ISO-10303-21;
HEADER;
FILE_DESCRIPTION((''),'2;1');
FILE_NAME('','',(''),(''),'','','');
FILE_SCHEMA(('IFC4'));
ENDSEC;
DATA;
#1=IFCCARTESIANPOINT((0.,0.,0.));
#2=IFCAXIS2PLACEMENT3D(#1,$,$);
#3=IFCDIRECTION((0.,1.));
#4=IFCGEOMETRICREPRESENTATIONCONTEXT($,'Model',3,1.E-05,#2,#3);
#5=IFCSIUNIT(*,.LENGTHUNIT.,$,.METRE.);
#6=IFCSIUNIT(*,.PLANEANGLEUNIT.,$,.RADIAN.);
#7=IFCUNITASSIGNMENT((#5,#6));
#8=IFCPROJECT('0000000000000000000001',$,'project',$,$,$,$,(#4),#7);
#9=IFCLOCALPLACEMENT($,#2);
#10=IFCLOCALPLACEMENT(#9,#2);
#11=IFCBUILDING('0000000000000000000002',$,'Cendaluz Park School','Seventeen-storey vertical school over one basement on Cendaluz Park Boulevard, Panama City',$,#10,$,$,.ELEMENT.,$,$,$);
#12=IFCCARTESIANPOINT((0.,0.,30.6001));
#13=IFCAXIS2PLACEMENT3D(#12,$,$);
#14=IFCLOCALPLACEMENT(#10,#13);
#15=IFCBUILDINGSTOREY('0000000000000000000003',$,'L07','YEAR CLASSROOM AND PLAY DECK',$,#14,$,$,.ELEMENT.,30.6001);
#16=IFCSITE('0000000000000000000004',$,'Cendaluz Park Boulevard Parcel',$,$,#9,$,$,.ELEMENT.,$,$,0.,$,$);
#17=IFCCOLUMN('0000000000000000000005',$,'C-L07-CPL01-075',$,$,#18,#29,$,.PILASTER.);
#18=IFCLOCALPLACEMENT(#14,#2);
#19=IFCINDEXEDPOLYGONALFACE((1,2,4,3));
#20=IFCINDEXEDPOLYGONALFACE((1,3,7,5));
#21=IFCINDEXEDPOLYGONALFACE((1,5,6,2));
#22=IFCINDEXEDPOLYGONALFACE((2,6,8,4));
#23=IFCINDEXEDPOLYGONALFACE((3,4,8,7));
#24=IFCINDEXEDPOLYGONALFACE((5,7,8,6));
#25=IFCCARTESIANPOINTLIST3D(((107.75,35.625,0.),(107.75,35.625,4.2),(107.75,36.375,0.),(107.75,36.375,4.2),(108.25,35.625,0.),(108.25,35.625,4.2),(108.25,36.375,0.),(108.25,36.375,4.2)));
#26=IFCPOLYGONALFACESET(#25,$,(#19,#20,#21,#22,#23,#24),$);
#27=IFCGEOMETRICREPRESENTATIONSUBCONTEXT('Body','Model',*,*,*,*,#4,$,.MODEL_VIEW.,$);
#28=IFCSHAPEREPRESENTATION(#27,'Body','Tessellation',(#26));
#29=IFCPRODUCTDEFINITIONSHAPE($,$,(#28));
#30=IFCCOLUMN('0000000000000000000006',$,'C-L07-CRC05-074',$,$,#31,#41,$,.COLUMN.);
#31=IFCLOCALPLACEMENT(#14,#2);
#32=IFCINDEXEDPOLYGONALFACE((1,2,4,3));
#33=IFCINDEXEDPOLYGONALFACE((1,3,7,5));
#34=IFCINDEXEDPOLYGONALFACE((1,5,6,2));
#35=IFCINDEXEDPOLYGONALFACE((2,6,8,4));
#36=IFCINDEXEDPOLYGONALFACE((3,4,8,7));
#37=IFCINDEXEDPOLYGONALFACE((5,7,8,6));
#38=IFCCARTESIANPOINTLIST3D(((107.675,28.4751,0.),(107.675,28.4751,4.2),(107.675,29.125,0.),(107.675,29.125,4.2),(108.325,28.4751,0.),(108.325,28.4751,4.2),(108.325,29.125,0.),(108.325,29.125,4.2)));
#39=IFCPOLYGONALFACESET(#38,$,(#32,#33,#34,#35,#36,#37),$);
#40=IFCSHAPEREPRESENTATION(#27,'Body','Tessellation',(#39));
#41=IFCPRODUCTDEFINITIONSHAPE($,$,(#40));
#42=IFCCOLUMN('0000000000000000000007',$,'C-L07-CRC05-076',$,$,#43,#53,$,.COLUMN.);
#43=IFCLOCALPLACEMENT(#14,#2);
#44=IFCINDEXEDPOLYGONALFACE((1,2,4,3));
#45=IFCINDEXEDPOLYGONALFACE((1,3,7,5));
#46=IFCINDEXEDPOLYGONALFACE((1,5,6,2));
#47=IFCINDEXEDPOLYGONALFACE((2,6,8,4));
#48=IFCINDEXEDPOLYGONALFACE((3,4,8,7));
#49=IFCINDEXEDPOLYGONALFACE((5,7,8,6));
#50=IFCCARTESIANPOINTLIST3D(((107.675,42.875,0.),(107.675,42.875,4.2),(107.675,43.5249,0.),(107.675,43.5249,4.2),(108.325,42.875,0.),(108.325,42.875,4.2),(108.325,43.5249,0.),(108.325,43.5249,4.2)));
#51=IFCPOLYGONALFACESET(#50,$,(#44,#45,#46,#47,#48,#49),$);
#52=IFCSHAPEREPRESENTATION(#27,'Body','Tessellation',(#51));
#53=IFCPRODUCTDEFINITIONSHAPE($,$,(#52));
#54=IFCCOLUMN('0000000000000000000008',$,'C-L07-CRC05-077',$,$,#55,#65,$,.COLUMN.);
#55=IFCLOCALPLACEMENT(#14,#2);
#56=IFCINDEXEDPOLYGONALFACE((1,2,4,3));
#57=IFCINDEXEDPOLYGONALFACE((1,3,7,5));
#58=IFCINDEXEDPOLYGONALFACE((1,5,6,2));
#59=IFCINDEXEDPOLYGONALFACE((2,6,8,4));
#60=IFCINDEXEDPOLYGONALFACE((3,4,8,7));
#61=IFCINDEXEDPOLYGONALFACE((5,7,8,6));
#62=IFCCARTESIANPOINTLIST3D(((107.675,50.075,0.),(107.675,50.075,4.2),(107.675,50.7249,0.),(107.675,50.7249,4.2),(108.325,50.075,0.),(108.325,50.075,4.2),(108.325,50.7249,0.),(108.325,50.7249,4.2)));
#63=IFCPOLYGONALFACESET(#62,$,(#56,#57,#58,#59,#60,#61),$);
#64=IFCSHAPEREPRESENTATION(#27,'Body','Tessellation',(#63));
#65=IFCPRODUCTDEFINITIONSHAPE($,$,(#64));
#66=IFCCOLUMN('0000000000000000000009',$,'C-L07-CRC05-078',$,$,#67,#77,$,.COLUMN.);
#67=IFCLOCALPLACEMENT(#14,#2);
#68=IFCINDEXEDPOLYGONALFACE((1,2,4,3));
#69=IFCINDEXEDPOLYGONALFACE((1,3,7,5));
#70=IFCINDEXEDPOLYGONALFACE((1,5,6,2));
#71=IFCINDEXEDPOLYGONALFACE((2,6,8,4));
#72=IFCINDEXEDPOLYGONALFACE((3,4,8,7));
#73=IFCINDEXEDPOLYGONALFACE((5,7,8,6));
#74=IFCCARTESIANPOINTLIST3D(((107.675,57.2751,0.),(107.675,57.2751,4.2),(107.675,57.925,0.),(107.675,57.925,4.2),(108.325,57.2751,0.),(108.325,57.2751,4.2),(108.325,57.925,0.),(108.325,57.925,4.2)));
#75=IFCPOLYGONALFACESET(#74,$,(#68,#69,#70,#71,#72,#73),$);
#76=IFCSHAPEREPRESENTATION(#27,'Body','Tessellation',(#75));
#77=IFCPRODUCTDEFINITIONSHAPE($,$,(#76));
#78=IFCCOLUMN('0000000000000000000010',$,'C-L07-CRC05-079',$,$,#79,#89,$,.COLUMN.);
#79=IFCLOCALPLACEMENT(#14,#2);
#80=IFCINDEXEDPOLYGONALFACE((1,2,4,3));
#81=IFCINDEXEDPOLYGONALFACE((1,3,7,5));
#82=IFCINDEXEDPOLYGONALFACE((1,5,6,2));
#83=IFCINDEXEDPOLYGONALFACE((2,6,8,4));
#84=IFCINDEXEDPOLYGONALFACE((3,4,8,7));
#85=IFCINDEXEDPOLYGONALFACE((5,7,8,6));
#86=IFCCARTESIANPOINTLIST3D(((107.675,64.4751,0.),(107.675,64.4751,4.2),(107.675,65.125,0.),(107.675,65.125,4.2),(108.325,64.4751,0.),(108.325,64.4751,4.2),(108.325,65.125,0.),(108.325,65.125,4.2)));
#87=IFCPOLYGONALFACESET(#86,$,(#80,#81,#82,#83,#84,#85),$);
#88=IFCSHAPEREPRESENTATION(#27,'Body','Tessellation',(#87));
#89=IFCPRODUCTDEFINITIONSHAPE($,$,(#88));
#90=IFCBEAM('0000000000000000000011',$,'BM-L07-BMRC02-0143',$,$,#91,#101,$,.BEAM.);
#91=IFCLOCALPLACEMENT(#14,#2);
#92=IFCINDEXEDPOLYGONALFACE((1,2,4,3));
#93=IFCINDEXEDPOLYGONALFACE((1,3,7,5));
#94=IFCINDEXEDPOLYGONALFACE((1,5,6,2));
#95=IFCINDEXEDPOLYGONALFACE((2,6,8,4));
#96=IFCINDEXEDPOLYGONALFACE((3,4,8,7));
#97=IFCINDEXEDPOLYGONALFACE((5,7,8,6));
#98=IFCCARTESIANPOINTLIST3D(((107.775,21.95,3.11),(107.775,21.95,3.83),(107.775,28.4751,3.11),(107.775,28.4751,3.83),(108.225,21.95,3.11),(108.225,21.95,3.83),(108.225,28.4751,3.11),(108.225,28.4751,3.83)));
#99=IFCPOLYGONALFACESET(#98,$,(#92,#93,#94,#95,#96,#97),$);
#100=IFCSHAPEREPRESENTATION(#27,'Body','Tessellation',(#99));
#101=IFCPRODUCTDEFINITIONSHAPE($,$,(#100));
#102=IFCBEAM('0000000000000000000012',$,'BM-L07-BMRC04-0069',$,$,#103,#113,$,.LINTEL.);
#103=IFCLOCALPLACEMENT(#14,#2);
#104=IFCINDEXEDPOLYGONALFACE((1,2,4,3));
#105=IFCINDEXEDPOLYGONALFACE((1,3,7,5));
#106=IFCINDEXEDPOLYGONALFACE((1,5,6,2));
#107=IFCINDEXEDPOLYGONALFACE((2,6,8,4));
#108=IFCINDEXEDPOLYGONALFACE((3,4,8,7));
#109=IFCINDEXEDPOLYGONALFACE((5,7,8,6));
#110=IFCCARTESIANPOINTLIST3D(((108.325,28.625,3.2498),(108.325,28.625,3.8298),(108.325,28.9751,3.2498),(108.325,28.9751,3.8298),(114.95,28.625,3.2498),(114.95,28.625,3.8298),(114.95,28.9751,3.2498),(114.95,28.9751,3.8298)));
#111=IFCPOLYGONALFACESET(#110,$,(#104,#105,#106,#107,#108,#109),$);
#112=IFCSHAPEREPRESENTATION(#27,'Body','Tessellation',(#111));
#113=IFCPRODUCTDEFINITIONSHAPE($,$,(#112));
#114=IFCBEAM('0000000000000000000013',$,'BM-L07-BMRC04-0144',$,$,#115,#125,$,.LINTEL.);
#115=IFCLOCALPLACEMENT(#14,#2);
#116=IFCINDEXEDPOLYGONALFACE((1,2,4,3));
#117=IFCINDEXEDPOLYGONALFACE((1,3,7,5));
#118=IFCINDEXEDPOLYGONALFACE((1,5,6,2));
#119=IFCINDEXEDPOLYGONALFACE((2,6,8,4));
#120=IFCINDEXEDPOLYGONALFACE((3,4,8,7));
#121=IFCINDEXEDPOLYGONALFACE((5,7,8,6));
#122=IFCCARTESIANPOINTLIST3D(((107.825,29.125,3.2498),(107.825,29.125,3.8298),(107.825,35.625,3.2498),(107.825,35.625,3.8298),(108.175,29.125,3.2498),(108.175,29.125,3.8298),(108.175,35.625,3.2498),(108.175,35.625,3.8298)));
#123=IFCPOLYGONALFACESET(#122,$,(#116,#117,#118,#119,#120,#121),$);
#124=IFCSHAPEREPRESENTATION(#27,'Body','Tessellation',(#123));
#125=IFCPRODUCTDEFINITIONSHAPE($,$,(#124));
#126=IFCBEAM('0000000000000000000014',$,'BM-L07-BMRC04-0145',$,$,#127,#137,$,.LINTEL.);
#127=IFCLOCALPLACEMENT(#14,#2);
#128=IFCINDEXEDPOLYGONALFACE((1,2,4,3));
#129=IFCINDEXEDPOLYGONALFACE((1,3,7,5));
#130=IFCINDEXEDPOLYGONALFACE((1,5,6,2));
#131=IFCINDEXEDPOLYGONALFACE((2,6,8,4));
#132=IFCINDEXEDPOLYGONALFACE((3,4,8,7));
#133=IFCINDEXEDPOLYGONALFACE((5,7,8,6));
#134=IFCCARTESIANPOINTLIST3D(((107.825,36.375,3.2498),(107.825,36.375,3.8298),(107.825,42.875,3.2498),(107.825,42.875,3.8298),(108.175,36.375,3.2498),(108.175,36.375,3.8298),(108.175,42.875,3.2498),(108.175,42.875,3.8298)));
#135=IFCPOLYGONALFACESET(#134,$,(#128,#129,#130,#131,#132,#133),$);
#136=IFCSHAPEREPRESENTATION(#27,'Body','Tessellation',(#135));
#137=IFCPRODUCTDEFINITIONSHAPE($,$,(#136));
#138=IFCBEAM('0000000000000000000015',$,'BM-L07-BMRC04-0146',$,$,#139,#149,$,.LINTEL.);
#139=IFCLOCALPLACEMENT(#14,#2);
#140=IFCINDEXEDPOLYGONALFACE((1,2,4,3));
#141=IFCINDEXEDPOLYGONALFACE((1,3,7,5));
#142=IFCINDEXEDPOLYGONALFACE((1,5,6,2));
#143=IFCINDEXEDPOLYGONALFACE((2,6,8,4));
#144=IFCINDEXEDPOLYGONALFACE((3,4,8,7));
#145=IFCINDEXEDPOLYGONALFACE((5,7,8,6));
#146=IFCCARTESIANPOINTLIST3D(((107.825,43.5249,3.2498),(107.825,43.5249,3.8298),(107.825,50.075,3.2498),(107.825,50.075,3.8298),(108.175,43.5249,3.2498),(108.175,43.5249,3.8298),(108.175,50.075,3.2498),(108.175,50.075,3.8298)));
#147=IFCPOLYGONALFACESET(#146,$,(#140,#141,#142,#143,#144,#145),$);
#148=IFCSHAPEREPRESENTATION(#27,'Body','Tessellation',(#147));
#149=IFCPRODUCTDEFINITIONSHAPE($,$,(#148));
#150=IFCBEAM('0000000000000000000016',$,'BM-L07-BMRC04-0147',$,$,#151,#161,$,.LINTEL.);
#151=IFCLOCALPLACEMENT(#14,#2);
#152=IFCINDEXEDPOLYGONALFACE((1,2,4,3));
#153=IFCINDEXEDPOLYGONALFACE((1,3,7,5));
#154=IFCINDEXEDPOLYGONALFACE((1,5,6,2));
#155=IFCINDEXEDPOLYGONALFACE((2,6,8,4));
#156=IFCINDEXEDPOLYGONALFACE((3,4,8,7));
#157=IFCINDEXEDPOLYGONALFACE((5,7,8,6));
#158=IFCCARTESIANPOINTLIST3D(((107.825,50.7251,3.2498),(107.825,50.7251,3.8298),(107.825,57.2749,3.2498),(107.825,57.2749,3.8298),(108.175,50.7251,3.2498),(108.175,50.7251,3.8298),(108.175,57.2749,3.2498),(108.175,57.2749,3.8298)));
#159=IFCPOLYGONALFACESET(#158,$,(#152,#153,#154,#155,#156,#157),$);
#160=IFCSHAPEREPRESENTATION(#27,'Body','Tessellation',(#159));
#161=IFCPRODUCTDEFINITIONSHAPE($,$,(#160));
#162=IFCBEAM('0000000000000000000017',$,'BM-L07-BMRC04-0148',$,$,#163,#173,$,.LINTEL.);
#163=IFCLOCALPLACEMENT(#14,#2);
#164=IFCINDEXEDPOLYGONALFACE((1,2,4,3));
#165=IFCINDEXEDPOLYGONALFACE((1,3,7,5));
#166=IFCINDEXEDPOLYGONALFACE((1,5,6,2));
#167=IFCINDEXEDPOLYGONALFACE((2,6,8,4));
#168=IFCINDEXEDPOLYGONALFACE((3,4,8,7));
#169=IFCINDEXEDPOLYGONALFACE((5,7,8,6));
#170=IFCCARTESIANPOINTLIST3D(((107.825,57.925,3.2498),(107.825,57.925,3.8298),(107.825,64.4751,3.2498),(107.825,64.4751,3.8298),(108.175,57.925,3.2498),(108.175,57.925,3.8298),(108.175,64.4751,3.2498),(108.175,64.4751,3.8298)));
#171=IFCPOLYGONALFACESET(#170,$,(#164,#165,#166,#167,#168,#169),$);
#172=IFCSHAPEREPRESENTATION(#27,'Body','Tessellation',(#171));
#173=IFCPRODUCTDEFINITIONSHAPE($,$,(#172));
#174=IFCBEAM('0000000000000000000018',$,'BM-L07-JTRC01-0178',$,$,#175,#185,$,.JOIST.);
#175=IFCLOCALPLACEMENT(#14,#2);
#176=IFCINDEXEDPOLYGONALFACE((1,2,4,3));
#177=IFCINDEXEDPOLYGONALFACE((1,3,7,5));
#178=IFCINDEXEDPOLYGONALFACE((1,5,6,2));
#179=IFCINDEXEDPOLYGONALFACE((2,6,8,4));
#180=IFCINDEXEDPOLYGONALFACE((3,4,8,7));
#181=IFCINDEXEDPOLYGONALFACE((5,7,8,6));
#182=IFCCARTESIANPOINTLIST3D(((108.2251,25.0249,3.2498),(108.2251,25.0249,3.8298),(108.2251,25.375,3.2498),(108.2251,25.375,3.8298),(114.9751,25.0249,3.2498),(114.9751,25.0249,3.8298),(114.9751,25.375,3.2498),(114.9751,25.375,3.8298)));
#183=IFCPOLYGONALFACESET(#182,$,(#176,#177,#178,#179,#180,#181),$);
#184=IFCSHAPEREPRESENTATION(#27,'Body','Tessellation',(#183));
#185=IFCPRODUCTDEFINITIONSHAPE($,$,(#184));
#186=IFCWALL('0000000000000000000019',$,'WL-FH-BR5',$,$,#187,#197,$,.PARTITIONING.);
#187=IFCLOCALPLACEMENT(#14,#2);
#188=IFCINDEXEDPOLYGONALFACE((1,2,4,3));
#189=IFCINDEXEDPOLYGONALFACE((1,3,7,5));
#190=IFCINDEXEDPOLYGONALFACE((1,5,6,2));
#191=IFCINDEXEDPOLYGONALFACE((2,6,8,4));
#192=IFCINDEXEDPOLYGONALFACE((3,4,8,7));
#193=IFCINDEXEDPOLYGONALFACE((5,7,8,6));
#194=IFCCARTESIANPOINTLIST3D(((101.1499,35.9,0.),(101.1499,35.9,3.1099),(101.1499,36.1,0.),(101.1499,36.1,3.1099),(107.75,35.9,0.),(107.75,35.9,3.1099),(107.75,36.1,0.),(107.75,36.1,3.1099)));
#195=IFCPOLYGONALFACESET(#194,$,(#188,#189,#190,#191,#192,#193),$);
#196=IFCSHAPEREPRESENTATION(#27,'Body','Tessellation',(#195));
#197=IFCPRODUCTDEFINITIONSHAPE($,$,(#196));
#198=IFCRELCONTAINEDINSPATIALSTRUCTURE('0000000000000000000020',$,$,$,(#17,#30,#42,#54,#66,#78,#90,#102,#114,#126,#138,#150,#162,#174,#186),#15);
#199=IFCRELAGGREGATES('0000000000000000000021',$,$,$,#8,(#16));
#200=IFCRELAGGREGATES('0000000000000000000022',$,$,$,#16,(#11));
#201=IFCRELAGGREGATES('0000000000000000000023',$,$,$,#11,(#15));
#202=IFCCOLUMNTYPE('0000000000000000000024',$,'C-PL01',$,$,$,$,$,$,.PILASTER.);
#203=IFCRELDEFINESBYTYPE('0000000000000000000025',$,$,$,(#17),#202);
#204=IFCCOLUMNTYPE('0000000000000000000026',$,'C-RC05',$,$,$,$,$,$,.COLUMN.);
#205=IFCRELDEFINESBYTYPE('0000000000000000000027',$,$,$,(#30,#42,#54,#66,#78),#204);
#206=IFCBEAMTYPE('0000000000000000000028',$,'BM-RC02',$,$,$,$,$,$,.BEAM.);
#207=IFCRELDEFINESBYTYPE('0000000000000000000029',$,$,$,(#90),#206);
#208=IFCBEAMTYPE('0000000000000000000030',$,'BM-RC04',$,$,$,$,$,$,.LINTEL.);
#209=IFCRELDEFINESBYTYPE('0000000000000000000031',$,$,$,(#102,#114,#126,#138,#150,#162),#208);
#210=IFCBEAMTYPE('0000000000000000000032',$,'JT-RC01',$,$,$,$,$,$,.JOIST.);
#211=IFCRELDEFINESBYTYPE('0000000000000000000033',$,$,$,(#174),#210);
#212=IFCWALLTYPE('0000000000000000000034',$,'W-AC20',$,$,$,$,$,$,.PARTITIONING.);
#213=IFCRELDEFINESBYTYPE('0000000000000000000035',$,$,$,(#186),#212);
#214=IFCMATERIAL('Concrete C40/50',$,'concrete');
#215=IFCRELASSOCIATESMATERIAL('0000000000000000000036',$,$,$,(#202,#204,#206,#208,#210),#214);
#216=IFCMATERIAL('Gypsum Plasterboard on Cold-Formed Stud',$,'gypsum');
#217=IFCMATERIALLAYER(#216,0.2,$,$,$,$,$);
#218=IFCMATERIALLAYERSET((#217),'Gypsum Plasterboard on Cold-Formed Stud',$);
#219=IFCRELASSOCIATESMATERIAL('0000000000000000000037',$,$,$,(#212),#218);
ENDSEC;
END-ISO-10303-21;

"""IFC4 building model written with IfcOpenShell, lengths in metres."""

from ifc_helpers import new_model, si_unit, direction, frame, frame_2d, origin, origin_2d, place, context, subcontext, project, spatial, rectangle, extrude, material, layer, layer_set, material_profile, profile_set, type_object, element, save


model = new_model("IFC4")

# Units and contexts
model_context = context("Model", 3, precision=1e-05, world=origin(), true_north=direction((0.0, 1.0)))
body_context = subcontext(model_context, "Body", "Model", "MODEL_VIEW")
ifc_project = project(units=[si_unit("LENGTHUNIT", "METRE"), si_unit("PLANEANGLEUNIT", "RADIAN")], contexts=[model_context])

# Site, building, storey
site_placement = place(None, origin())
site = spatial("IfcSite", under=ifc_project, at=site_placement, Name="Cendaluz Park Boulevard Parcel", CompositionType="ELEMENT", RefElevation=0.0)
building_placement = place(site_placement, origin())
building = spatial("IfcBuilding", under=site, at=building_placement, Name="Cendaluz Park School", Description="Seventeen-storey vertical school over one basement on Cendaluz Park Boulevard, Panama City", CompositionType="ELEMENT")
storey_placement = place(building_placement, frame((0.0, 0.0, 30.6001)))
storey = spatial("IfcBuildingStorey", under=building, at=storey_placement, Name="L07", Description="YEAR CLASSROOM AND PLAY DECK", CompositionType="ELEMENT", Elevation=30.6001)

# Columns
ifc_material_1 = material(Name="Concrete C40/50", Category="concrete")
ifc_material_profile_1 = material_profile(ifc_material_1, rectangle(XDim=0.5, YDim=0.75, at=origin_2d()), Name="RC 500x750", Category="concrete")
ifc_profile_set_1 = profile_set([ifc_material_profile_1], Name="Concrete C40/50")
column_type_1 = type_object("IfcColumnType", Name="C-PL01", PredefinedType="PILASTER", material=ifc_profile_set_1)
column_placement = place(storey_placement, frame((108.0, 36.0, 0.0), z_axis=(0.0, 0.0, 1.0), x_axis=(1.0, 0.0, 0.0)))
element("IfcColumn", 1, at=column_placement, inside=storey, type_object=column_type_1, Name="C-L07-CPL01-075", PredefinedType="PILASTER", context=body_context, shape_type="SweptSolid", body=[
    extrude(rectangle(XDim=0.5, YDim=0.75, at=origin_2d()), origin(), (0.0, 0.0, 1.0), 4.2),
])
ifc_material_profile_2 = material_profile(ifc_material_1, rectangle(XDim=0.6499, YDim=0.6499, at=origin_2d()), Name="RC 650x650", Category="concrete")
ifc_profile_set_2 = profile_set([ifc_material_profile_2], Name="Concrete C40/50")
column_type_2 = type_object("IfcColumnType", Name="C-RC05", PredefinedType="COLUMN", material=ifc_profile_set_2)
for number, where, z_axis, x_axis, name in (
    (2, (108.0, 28.8, 0.0), (0.0, 0.0, 1.0), (1.0, 0.0, 0.0), "C-L07-CRC05-074"),
    (3, (108.0, 43.2, 0.0), (0.0, 0.0, 1.0), (1.0, 0.0, 0.0), "C-L07-CRC05-076"),
    (4, (108.0, 50.3999, 0.0), (0.0, 0.0, 1.0), (1.0, 0.0, 0.0), "C-L07-CRC05-077"),
    (5, (108.0, 57.6001, 0.0), (0.0, 0.0, 1.0), (1.0, 0.0, 0.0), "C-L07-CRC05-078"),
    (6, (108.0, 64.8, 0.0), (0.0, 0.0, 1.0), (1.0, 0.0, 0.0), "C-L07-CRC05-079"),
):
    element("IfcColumn", number, at=place(storey_placement, frame(where, z_axis=z_axis, x_axis=x_axis)), inside=storey, type_object=column_type_2, Name=name, PredefinedType="COLUMN", context=body_context, shape_type="SweptSolid", body=[
        extrude(rectangle(XDim=0.6499, YDim=0.6499, at=origin_2d()), origin(), (0.0, 0.0, 1.0), 4.2),
    ])

# Beams
ifc_material_profile_3 = material_profile(ifc_material_1, rectangle(XDim=0.45, YDim=0.72, at=origin_2d()), Name="RC 450x720", Category="concrete")
ifc_profile_set_3 = profile_set([ifc_material_profile_3], Name="Concrete C40/50")
beam_type_1 = type_object("IfcBeamType", Name="BM-RC02", PredefinedType="BEAM", material=ifc_profile_set_3)
beam_1_placement = place(storey_placement, frame((108.0, 21.95, 3.47), z_axis=(0.0, 1.0, 0.0), x_axis=(-1.0, 0.0, 0.0)))
element("IfcBeam", 7, at=beam_1_placement, inside=storey, type_object=beam_type_1, Name="BM-L07-BMRC02-0143", PredefinedType="BEAM", context=body_context, shape_type="SweptSolid", body=[
    extrude(rectangle(XDim=0.45, YDim=0.72, at=origin_2d()), origin(), (0.0, 0.0, 1.0), 6.5251),
])
ifc_material_profile_4 = material_profile(ifc_material_1, rectangle(XDim=0.3501, YDim=0.5801, at=origin_2d()), Name="RC 350x580", Category="concrete")
ifc_profile_set_4 = profile_set([ifc_material_profile_4], Name="Concrete C40/50")
beam_type_2 = type_object("IfcBeamType", Name="BM-RC04", PredefinedType="LINTEL", material=ifc_profile_set_4)
beam_2_placement = place(storey_placement, frame((108.325, 28.8, 3.5398), z_axis=(1.0, 0.0, 0.0), x_axis=(0.0, 1.0, 0.0)))
element("IfcBeam", 8, at=beam_2_placement, inside=storey, type_object=beam_type_2, Name="BM-L07-BMRC04-0069", PredefinedType="LINTEL", context=body_context, shape_type="SweptSolid", body=[
    extrude(rectangle(XDim=0.3501, YDim=0.5801, at=origin_2d()), origin(), (0.0, 0.0, 1.0), 6.625),
])
for number, where, z_axis, x_axis, name in (
    (9, (108.0, 29.125, 3.5398), (0.0, 1.0, 0.0), (-1.0, 0.0, 0.0), "BM-L07-BMRC04-0144"),
    (10, (108.0, 36.375, 3.5398), (0.0, 1.0, 0.0), (-1.0, 0.0, 0.0), "BM-L07-BMRC04-0145"),
):
    element("IfcBeam", number, at=place(storey_placement, frame(where, z_axis=z_axis, x_axis=x_axis)), inside=storey, type_object=beam_type_2, Name=name, PredefinedType="LINTEL", context=body_context, shape_type="SweptSolid", body=[
        extrude(rectangle(XDim=0.3501, YDim=0.5801, at=origin_2d()), origin(), (0.0, 0.0, 1.0), 6.5),
    ])
beam_3_placement = place(storey_placement, frame((108.0, 43.5249, 3.5398), z_axis=(0.0, 1.0, 0.0), x_axis=(-1.0, 0.0, 0.0)))
element("IfcBeam", 11, at=beam_3_placement, inside=storey, type_object=beam_type_2, Name="BM-L07-BMRC04-0146", PredefinedType="LINTEL", context=body_context, shape_type="SweptSolid", body=[
    extrude(rectangle(XDim=0.3501, YDim=0.5801, at=origin_2d()), origin(), (0.0, 0.0, 1.0), 6.55),
])
beam_4_placement = place(storey_placement, frame((108.0, 50.7251, 3.5398), z_axis=(0.0, 1.0, 0.0), x_axis=(-1.0, 0.0, 0.0)))
element("IfcBeam", 12, at=beam_4_placement, inside=storey, type_object=beam_type_2, Name="BM-L07-BMRC04-0147", PredefinedType="LINTEL", context=body_context, shape_type="SweptSolid", body=[
    extrude(rectangle(XDim=0.3501, YDim=0.5801, at=origin_2d()), origin(), (0.0, 0.0, 1.0), 6.5498),
])
beam_5_placement = place(storey_placement, frame((108.0, 57.925, 3.5398), z_axis=(0.0, 1.0, 0.0), x_axis=(-1.0, 0.0, 0.0)))
element("IfcBeam", 13, at=beam_5_placement, inside=storey, type_object=beam_type_2, Name="BM-L07-BMRC04-0148", PredefinedType="LINTEL", context=body_context, shape_type="SweptSolid", body=[
    extrude(rectangle(XDim=0.3501, YDim=0.5801, at=origin_2d()), origin(), (0.0, 0.0, 1.0), 6.55),
])
ifc_material_profile_5 = material_profile(ifc_material_1, rectangle(XDim=0.3501, YDim=0.5801, at=origin_2d()), Name="RC 350x580", Category="concrete")
ifc_profile_set_5 = profile_set([ifc_material_profile_5], Name="Concrete C40/50")
beam_type_3 = type_object("IfcBeamType", Name="JT-RC01", PredefinedType="JOIST", material=ifc_profile_set_5)
beam_6_placement = place(storey_placement, frame((108.2251, 25.2, 3.5398), z_axis=(1.0, 0.0, 0.0), x_axis=(0.0, 1.0, 0.0)))
element("IfcBeam", 14, at=beam_6_placement, inside=storey, type_object=beam_type_3, Name="BM-L07-JTRC01-0178", PredefinedType="JOIST", context=body_context, shape_type="SweptSolid", body=[
    extrude(rectangle(XDim=0.3501, YDim=0.5801, at=origin_2d()), origin(), (0.0, 0.0, 1.0), 6.75),
])

# Wall
ifc_material_2 = material(Name="Gypsum Plasterboard on Cold-Formed Stud", Category="gypsum")
ifc_layer_1 = layer(ifc_material_2, 0.2)
ifc_layer_set_1 = layer_set([ifc_layer_1], Name="Gypsum Plasterboard on Cold-Formed Stud")
wall_type_1 = type_object("IfcWallType", Name="W-AC20", PredefinedType="PARTITIONING", material=ifc_layer_set_1)
wall_1_placement = place(storey_placement, frame((101.1499, 36.0, 0.0), z_axis=(0.0, 0.0, 1.0), x_axis=(1.0, 0.0, 0.0)))
element("IfcWall", 15, at=wall_1_placement, inside=storey, type_object=wall_type_1, Name="WL-FH-BR5", PredefinedType="PARTITIONING", context=body_context, shape_type="SweptSolid", body=[
    extrude(rectangle(XDim=6.6001, YDim=0.2, at=frame_2d((3.3, 0.0))), origin(), (0.0, 0.0, 1.0), 3.1099),
])

save(model, "model.ifc")
